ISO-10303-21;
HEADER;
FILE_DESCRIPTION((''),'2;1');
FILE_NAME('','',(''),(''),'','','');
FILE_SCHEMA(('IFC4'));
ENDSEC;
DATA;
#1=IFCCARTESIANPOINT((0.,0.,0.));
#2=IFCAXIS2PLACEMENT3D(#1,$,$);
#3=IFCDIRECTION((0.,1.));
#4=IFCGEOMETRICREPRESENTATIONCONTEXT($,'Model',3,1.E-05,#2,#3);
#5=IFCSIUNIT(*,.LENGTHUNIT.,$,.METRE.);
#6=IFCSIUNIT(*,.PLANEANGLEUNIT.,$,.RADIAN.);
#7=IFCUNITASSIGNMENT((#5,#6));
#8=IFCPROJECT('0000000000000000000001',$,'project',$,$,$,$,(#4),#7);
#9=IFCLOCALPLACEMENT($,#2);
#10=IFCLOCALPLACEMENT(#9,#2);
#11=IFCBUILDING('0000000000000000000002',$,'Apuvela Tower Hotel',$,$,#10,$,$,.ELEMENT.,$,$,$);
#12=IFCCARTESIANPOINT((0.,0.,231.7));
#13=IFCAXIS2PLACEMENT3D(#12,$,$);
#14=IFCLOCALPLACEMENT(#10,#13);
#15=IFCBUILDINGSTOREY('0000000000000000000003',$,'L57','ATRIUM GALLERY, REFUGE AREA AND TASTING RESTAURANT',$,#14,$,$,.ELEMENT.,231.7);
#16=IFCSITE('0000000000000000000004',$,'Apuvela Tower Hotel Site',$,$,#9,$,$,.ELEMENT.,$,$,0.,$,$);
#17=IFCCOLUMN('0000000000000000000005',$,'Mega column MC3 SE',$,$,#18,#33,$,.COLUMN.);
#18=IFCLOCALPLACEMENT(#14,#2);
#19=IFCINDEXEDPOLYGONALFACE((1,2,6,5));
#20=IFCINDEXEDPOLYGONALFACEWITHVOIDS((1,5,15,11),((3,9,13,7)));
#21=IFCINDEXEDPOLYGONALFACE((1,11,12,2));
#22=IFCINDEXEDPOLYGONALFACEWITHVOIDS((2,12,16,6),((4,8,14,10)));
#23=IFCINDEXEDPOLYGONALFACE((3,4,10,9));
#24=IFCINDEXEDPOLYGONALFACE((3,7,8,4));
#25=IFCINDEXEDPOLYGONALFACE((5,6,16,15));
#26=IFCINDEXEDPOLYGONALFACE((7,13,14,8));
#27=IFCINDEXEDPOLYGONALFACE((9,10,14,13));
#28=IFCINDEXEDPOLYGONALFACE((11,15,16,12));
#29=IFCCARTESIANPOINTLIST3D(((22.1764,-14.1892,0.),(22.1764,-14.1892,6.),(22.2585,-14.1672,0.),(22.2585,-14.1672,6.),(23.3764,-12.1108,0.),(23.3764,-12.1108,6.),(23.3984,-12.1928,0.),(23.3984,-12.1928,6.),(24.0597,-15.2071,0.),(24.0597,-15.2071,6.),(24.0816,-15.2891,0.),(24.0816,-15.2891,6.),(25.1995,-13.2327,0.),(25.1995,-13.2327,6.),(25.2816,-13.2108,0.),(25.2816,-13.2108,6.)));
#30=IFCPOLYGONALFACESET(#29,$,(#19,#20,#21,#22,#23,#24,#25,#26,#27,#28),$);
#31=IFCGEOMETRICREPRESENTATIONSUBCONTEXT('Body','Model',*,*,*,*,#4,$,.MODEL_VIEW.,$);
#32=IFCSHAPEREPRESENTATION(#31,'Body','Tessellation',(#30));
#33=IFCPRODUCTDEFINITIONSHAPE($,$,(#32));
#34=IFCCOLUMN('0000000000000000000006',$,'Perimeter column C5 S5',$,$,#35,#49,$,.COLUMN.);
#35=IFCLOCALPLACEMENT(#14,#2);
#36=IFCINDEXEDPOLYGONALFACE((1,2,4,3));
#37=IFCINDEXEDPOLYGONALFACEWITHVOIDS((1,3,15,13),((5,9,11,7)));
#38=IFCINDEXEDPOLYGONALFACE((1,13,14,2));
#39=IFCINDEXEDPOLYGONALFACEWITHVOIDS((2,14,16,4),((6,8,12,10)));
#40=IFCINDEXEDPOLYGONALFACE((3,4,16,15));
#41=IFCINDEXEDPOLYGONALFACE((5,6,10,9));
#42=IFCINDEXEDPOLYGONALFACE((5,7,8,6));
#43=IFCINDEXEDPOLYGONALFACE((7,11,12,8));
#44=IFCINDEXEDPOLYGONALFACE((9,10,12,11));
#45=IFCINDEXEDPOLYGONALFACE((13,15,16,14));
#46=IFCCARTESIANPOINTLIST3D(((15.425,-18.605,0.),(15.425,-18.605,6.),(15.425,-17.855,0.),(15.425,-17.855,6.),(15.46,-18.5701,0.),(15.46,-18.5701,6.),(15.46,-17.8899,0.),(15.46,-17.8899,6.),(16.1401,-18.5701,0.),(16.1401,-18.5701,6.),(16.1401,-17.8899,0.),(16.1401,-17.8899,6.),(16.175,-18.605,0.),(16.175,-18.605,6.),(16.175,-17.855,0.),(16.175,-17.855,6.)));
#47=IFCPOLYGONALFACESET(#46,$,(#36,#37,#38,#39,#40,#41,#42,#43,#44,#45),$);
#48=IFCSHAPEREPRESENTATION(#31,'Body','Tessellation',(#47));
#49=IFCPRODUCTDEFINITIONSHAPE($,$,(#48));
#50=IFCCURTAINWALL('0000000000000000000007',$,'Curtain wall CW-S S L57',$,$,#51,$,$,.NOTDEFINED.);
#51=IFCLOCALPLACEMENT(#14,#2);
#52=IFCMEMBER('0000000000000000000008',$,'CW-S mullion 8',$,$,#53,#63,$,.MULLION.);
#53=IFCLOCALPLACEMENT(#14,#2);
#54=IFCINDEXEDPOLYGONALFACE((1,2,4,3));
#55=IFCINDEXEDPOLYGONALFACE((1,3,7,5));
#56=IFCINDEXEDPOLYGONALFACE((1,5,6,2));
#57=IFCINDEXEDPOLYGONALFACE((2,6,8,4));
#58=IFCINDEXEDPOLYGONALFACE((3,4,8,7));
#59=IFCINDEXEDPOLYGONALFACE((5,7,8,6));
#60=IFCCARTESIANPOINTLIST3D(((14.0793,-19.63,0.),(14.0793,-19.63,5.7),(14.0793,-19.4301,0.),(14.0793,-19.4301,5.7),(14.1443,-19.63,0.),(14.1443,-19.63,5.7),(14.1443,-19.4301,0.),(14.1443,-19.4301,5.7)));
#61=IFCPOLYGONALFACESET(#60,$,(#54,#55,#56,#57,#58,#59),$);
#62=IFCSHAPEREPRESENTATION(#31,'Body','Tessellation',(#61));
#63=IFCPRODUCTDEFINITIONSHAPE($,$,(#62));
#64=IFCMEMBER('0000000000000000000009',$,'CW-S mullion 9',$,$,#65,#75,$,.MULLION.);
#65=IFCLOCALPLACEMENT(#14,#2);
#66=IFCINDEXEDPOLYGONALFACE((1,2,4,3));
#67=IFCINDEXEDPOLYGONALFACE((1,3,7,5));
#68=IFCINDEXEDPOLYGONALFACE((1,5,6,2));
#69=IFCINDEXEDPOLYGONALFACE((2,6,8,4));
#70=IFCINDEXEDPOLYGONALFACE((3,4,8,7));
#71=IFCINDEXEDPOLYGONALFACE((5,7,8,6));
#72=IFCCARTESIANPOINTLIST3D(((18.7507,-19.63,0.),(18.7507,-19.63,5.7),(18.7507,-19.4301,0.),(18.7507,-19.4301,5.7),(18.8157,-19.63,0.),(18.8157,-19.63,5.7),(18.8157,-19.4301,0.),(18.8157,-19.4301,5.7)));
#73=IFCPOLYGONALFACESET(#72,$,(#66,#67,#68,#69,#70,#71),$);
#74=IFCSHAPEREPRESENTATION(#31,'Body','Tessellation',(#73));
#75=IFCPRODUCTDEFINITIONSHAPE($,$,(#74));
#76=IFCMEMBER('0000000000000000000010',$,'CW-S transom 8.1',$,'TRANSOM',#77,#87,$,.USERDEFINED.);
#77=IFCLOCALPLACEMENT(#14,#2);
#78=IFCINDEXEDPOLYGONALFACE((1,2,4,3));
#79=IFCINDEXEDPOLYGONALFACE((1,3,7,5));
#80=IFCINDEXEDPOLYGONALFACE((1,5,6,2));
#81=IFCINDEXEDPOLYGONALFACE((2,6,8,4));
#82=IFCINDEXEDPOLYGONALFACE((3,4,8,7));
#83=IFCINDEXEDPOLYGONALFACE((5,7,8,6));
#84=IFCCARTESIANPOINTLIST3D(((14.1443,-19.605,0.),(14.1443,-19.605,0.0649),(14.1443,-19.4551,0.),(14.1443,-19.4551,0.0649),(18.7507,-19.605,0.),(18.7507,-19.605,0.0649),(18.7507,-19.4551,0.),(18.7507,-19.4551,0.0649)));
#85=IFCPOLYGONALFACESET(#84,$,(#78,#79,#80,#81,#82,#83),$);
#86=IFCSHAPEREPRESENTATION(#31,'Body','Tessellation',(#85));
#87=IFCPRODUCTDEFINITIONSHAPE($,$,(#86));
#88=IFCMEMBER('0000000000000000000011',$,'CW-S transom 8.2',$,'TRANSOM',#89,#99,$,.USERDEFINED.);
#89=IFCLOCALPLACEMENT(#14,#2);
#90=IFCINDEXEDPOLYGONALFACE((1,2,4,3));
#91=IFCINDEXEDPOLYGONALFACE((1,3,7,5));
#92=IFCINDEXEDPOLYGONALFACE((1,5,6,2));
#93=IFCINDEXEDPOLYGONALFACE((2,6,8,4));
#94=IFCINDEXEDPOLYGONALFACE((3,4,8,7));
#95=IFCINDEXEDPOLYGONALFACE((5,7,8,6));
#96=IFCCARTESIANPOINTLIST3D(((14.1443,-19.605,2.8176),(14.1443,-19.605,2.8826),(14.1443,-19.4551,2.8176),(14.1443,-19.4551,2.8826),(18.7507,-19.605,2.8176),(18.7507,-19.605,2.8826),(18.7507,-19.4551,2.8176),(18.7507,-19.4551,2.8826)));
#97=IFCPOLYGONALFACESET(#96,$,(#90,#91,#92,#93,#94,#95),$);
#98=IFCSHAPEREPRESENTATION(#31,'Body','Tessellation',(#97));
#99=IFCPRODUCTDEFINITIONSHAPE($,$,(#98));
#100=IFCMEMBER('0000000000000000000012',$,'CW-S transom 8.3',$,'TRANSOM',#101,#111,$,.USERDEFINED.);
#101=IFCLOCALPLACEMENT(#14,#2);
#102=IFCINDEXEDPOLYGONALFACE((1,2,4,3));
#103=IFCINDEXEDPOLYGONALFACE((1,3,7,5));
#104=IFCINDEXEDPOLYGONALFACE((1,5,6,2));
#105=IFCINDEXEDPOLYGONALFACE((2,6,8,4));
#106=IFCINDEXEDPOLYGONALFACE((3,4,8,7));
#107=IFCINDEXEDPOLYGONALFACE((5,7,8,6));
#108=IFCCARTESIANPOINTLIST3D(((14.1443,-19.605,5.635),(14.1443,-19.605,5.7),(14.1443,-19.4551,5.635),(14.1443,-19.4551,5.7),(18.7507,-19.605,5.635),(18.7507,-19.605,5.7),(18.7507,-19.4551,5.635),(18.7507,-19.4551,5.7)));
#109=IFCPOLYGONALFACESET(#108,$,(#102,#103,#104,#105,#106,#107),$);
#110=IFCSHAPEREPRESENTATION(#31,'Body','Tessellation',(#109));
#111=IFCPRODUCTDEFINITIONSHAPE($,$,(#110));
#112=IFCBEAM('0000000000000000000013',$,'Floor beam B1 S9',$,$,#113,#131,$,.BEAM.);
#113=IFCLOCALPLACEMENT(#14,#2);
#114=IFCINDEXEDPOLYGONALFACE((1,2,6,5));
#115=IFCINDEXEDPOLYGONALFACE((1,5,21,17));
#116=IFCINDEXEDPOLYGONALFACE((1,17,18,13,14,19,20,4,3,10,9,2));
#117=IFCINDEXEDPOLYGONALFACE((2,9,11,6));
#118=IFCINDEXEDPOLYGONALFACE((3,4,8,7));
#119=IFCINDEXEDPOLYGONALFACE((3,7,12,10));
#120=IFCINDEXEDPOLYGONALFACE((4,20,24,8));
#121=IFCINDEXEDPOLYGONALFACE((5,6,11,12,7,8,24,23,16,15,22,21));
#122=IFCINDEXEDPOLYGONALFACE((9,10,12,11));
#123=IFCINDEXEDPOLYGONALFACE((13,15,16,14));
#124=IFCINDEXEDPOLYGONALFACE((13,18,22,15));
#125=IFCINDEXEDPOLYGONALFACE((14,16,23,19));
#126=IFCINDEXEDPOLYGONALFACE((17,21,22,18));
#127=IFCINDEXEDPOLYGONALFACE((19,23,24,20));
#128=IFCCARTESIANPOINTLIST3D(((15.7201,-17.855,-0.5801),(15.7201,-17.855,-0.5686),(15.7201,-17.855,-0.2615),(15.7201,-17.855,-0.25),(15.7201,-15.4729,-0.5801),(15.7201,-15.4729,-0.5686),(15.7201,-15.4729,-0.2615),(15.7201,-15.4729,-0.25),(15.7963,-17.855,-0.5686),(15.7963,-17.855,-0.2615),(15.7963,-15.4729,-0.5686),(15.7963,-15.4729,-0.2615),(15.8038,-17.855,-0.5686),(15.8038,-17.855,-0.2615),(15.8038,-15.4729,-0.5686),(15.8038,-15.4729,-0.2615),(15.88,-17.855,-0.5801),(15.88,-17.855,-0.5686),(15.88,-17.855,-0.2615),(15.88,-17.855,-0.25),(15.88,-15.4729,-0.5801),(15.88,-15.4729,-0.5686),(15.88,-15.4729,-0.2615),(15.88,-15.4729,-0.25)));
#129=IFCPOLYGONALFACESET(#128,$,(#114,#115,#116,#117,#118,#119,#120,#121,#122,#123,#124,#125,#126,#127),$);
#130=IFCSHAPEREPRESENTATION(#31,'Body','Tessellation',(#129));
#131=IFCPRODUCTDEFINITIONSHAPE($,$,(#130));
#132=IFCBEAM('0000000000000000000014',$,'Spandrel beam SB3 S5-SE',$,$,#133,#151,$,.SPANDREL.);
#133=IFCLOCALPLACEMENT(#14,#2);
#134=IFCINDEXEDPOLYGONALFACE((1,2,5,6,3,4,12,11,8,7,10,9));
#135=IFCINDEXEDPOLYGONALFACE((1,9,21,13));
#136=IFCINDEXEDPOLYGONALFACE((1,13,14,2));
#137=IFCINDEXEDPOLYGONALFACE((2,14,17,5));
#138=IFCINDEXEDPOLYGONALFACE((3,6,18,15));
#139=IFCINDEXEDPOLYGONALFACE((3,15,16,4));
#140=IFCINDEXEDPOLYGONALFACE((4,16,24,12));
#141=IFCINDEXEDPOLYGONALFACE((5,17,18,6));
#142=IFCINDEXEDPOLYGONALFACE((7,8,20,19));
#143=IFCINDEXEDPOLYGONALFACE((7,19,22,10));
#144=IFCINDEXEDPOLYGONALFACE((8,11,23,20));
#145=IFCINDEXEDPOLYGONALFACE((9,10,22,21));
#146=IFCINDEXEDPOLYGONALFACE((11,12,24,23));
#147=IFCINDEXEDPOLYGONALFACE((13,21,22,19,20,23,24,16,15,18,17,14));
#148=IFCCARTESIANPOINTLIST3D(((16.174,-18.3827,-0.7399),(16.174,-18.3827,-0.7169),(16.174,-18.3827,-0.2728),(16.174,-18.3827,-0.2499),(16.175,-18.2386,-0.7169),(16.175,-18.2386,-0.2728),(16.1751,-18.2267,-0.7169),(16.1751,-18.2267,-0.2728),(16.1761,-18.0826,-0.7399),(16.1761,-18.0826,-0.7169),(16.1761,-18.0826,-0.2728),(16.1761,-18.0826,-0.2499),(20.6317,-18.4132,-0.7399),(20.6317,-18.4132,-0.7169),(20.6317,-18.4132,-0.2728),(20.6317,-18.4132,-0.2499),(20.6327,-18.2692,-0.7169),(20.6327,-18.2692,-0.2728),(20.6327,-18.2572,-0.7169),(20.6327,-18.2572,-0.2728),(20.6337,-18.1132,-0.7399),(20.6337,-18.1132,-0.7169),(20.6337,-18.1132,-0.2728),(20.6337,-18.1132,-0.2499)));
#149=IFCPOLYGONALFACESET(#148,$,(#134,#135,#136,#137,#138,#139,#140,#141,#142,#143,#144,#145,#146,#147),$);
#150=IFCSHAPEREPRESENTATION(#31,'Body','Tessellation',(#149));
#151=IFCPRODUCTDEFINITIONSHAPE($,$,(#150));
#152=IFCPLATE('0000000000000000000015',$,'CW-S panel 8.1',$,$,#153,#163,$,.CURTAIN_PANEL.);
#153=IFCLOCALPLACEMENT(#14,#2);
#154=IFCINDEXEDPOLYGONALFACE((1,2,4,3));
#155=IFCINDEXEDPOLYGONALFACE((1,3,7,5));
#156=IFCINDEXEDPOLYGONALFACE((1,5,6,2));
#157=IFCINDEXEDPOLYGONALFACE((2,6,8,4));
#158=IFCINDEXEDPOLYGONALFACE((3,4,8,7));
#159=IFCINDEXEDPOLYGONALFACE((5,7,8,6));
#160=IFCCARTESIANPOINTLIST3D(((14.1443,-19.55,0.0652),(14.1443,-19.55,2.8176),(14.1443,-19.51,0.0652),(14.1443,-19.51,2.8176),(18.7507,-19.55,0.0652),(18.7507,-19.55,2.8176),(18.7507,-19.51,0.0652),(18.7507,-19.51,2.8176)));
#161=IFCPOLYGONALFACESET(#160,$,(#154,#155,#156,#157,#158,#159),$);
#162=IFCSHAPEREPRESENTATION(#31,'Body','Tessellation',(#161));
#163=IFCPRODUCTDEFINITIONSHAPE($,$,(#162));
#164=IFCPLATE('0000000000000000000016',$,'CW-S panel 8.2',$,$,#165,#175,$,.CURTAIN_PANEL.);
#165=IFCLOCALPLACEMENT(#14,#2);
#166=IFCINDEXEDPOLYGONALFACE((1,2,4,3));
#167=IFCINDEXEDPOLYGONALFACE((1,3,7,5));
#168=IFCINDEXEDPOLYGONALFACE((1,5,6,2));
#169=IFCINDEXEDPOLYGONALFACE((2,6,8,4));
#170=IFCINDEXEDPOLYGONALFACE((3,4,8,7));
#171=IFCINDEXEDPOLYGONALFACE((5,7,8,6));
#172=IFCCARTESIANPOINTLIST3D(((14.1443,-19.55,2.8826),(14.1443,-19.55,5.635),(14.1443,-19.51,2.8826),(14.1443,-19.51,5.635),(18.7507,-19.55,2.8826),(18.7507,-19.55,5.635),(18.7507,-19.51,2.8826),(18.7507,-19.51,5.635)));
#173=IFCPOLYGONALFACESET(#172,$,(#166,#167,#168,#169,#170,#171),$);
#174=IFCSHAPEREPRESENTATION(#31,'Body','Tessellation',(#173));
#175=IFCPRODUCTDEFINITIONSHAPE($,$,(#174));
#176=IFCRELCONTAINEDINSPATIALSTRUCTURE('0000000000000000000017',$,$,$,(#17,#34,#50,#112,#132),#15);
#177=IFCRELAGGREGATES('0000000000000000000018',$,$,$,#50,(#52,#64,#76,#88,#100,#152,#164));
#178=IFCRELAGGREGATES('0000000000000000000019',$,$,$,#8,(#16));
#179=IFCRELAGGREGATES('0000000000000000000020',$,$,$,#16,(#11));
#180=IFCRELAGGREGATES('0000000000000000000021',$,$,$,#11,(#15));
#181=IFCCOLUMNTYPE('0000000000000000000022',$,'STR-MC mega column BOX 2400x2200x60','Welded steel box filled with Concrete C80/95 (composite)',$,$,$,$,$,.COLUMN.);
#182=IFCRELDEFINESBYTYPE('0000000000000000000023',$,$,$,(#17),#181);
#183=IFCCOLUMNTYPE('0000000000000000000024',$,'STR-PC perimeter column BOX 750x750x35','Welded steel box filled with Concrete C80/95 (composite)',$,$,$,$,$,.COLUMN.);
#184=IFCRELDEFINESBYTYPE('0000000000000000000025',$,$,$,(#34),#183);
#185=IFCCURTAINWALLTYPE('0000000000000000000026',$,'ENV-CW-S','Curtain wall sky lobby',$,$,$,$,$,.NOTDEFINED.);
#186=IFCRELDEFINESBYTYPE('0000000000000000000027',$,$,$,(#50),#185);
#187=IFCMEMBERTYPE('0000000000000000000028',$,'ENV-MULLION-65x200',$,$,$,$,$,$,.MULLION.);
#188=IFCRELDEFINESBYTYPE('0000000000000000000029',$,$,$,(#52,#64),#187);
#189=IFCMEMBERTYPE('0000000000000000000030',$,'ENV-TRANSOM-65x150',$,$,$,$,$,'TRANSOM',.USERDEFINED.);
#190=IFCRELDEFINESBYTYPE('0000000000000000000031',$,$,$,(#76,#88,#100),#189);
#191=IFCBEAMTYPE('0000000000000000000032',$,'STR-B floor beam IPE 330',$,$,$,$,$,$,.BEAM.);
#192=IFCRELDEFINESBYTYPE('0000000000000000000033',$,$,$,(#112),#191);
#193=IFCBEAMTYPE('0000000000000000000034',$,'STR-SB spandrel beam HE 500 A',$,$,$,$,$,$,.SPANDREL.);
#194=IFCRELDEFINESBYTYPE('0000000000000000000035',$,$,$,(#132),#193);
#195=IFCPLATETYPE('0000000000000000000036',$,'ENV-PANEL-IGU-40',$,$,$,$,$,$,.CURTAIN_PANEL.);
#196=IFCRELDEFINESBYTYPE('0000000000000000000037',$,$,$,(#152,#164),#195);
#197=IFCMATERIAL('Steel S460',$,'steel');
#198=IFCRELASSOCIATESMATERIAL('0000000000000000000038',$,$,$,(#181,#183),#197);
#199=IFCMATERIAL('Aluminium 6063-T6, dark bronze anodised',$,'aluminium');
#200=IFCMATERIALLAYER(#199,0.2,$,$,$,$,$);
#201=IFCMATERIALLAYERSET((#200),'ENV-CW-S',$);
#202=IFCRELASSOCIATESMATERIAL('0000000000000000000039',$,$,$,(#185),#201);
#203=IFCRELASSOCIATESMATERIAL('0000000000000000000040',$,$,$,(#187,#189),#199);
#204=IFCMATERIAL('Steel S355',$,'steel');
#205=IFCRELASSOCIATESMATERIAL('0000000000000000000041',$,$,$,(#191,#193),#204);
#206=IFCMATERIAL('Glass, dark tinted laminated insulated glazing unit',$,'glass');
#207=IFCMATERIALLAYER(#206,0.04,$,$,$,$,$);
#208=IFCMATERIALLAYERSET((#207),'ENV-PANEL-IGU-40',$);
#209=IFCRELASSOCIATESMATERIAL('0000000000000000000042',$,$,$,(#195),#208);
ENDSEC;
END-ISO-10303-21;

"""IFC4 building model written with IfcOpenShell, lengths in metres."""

from ifc_helpers import new_model, si_unit, direction, frame, origin, origin_2d, place, context, subcontext, project, spatial, rectangle, hollow_rectangle, i_section, extrude, material, layer, layer_set, material_profile, profile_set, type_object, element, aggregate, save


model = new_model("IFC4")

# Units and contexts
model_context = context("Model", 3, precision=1e-05, world=origin(), true_north=direction((0.0, 1.0)))
body_context = subcontext(model_context, "Body", "Model", "MODEL_VIEW")
ifc_project = project(units=[si_unit("LENGTHUNIT", "METRE"), si_unit("PLANEANGLEUNIT", "RADIAN")], contexts=[model_context])

# Site, building, storey
site_placement = place(None, origin())
site = spatial("IfcSite", under=ifc_project, at=site_placement, Name="Apuvela Tower Hotel Site", CompositionType="ELEMENT", RefElevation=0.0)
building_placement = place(site_placement, origin())
building = spatial("IfcBuilding", under=site, at=building_placement, Name="Apuvela Tower Hotel", CompositionType="ELEMENT")
storey_placement = place(building_placement, frame((0.0, 0.0, 231.7)))
storey = spatial("IfcBuildingStorey", under=building, at=storey_placement, Name="L57", Description="ATRIUM GALLERY, REFUGE AREA AND TASTING RESTAURANT", CompositionType="ELEMENT", Elevation=231.7)

# Columns
ifc_material_1 = material(Name="Steel S460", Category="steel")
ifc_material_profile_1 = material_profile(ifc_material_1, hollow_rectangle(XDim=2.3999, YDim=2.2, WallThickness=0.0601, at=origin_2d()), Name="BOX 2400x2200x60")
ifc_material_2 = material(Name="Concrete C80/95", Category="concrete")
ifc_material_profile_2 = material_profile(ifc_material_2, rectangle(XDim=2.28, YDim=2.0801, at=origin_2d()), Name="Concrete C80/95 infill")
ifc_profile_set_1 = profile_set([ifc_material_profile_1, ifc_material_profile_2], Name="Steel S460")
column_type_1 = type_object("IfcColumnType", Name="STR-MC mega column BOX 2400x2200x60", Description="Welded steel box filled with Concrete C80/95 (composite)", PredefinedType="COLUMN", material=ifc_profile_set_1)
column_1_placement = place(storey_placement, frame((23.729, -13.7, 0.0), z_axis=(0.0, 0.0, 1.0), x_axis=(0.5, 0.866025, 0.0)))
element("IfcColumn", 1, at=column_1_placement, inside=storey, type_object=column_type_1, Name="Mega column MC3 SE", PredefinedType="COLUMN", context=body_context, shape_type="SweptSolid", body=[
    extrude(hollow_rectangle(XDim=2.3999, YDim=2.2, WallThickness=0.0601, at=origin_2d()), origin(), (0.0, 0.0, 1.0), 6.0),
])
ifc_material_profile_3 = material_profile(ifc_material_1, hollow_rectangle(XDim=0.75, YDim=0.75, WallThickness=0.0349, at=origin_2d()), Name="BOX 750x750x35")
ifc_material_profile_4 = material_profile(ifc_material_2, rectangle(XDim=0.6799, YDim=0.6799, at=origin_2d()), Name="Concrete C80/95 infill")
ifc_profile_set_2 = profile_set([ifc_material_profile_3, ifc_material_profile_4], Name="Steel S460")
column_type_2 = type_object("IfcColumnType", Name="STR-PC perimeter column BOX 750x750x35", Description="Welded steel box filled with Concrete C80/95 (composite)", PredefinedType="COLUMN", material=ifc_profile_set_2)
column_2_placement = place(storey_placement, frame((15.8, -18.23, 0.0), z_axis=(0.0, 0.0, 1.0), x_axis=(-1.0, 0.0, 0.0)))
element("IfcColumn", 2, at=column_2_placement, inside=storey, type_object=column_type_2, Name="Perimeter column C5 S5", PredefinedType="COLUMN", context=body_context, shape_type="SweptSolid", body=[
    extrude(hollow_rectangle(XDim=0.75, YDim=0.75, WallThickness=0.0349, at=origin_2d()), origin(), (0.0, 0.0, 1.0), 6.0),
])

# Curtain wall, members
ifc_material_3 = material(Name="Aluminium 6063-T6, dark bronze anodised", Category="aluminium")
ifc_layer_1 = layer(ifc_material_3, 0.2)
ifc_layer_set_1 = layer_set([ifc_layer_1], Name="ENV-CW-S")
curtain_wall_type = type_object("IfcCurtainWallType", Name="ENV-CW-S", Description="Curtain wall sky lobby", PredefinedType="NOTDEFINED", material=ifc_layer_set_1)
curtain_wall_placement = place(storey_placement, origin())
curtain_wall = element("IfcCurtainWall", 3, at=curtain_wall_placement, inside=storey, type_object=curtain_wall_type, Name="Curtain wall CW-S S L57", PredefinedType="NOTDEFINED")
ifc_material_profile_5 = material_profile(ifc_material_3, rectangle(XDim=0.2, YDim=0.0649, at=origin_2d()), Name="AL 65x200")
ifc_profile_set_3 = profile_set([ifc_material_profile_5], Name="Aluminium 6063-T6, dark bronze anodised")
member_type_1 = type_object("IfcMemberType", Name="ENV-MULLION-65x200", PredefinedType="MULLION", material=ifc_profile_set_3)
member_1_placement = place(storey_placement, frame((14.1118, -19.53, 0.0), z_axis=(0.0, 0.0, 1.0), x_axis=(0.0, 1.0, 0.0)))
member_1 = element("IfcMember", 4, at=member_1_placement, type_object=member_type_1, Name="CW-S mullion 8", PredefinedType="MULLION", context=body_context, shape_type="SweptSolid", body=[
    extrude(rectangle(XDim=0.2, YDim=0.0649, at=origin_2d()), origin(), (0.0, 0.0, 1.0), 5.7),
])
member_2_placement = place(storey_placement, frame((18.7832, -19.53, 0.0), z_axis=(0.0, 0.0, 1.0), x_axis=(0.0, 1.0, 0.0)))
member_2 = element("IfcMember", 5, at=member_2_placement, type_object=member_type_1, Name="CW-S mullion 9", PredefinedType="MULLION", context=body_context, shape_type="SweptSolid", body=[
    extrude(rectangle(XDim=0.2, YDim=0.0649, at=origin_2d()), origin(), (0.0, 0.0, 1.0), 5.7),
])
ifc_material_profile_6 = material_profile(ifc_material_3, rectangle(XDim=0.1499, YDim=0.0649, at=origin_2d()), Name="AL 65x150 transom")
ifc_profile_set_4 = profile_set([ifc_material_profile_6], Name="Aluminium 6063-T6, dark bronze anodised")
member_type_2 = type_object("IfcMemberType", Name="ENV-TRANSOM-65x150", ElementType="TRANSOM", PredefinedType="USERDEFINED", material=ifc_profile_set_4)
member_3_placement = place(storey_placement, frame((14.1443, -19.53, 0.0325), z_axis=(1.0, 0.0, 0.0), x_axis=(0.0, 1.0, 0.0)))
member_3 = element("IfcMember", 6, at=member_3_placement, type_object=member_type_2, Name="CW-S transom 8.1", ObjectType="TRANSOM", PredefinedType="USERDEFINED", context=body_context, shape_type="SweptSolid", body=[
    extrude(rectangle(XDim=0.1499, YDim=0.0649, at=origin_2d()), origin(), (0.0, 0.0, 1.0), 4.6064),
])
member_4_placement = place(storey_placement, frame((14.1443, -19.53, 2.8501), z_axis=(1.0, 0.0, 0.0), x_axis=(0.0, 1.0, 0.0)))
member_4 = element("IfcMember", 7, at=member_4_placement, type_object=member_type_2, Name="CW-S transom 8.2", ObjectType="TRANSOM", PredefinedType="USERDEFINED", context=body_context, shape_type="SweptSolid", body=[
    extrude(rectangle(XDim=0.1499, YDim=0.0649, at=origin_2d()), origin(), (0.0, 0.0, 1.0), 4.6064),
])
member_5_placement = place(storey_placement, frame((14.1443, -19.53, 5.6675), z_axis=(1.0, 0.0, 0.0), x_axis=(0.0, 1.0, 0.0)))
member_5 = element("IfcMember", 8, at=member_5_placement, type_object=member_type_2, Name="CW-S transom 8.3", ObjectType="TRANSOM", PredefinedType="USERDEFINED", context=body_context, shape_type="SweptSolid", body=[
    extrude(rectangle(XDim=0.1499, YDim=0.0649, at=origin_2d()), origin(), (0.0, 0.0, 1.0), 4.6064),
])

# Beams
ifc_material_4 = material(Name="Steel S355", Category="steel")
ifc_material_profile_7 = material_profile(ifc_material_4, i_section(OverallWidth=0.1599, OverallDepth=0.3301, WebThickness=0.0076, FlangeThickness=0.0115, at=origin_2d()), Name="IPE 330")
ifc_profile_set_5 = profile_set([ifc_material_profile_7], Name="Steel S355")
beam_type_1 = type_object("IfcBeamType", Name="STR-B floor beam IPE 330", PredefinedType="BEAM", material=ifc_profile_set_5)
beam_1_placement = place(storey_placement, frame((15.8, -17.855, -0.415), z_axis=(0.0, 1.0, 0.0), x_axis=(-1.0, 0.0, 0.0)))
element("IfcBeam", 9, at=beam_1_placement, inside=storey, type_object=beam_type_1, Name="Floor beam B1 S9", PredefinedType="BEAM", context=body_context, shape_type="SweptSolid", body=[
    extrude(i_section(OverallWidth=0.1599, OverallDepth=0.3301, WebThickness=0.0076, FlangeThickness=0.0115, at=origin_2d()), origin(), (0.0, 0.0, 1.0), 2.3821),
])
ifc_material_profile_8 = material_profile(ifc_material_4, i_section(OverallWidth=0.3, OverallDepth=0.49, WebThickness=0.012, FlangeThickness=0.0229, at=origin_2d()), Name="HE 500 A")
ifc_profile_set_6 = profile_set([ifc_material_profile_8], Name="Steel S355")
beam_type_2 = type_object("IfcBeamType", Name="STR-SB spandrel beam HE 500 A", PredefinedType="SPANDREL", material=ifc_profile_set_6)
beam_2_placement = place(storey_placement, frame((16.175, -18.2327, -0.4949), z_axis=(0.999977, -0.006846, 0.0), x_axis=(0.006846, 0.999977, 0.0)))
element("IfcBeam", 10, at=beam_2_placement, inside=storey, type_object=beam_type_2, Name="Spandrel beam SB3 S5-SE", PredefinedType="SPANDREL", context=body_context, shape_type="SweptSolid", body=[
    extrude(i_section(OverallWidth=0.3, OverallDepth=0.49, WebThickness=0.012, FlangeThickness=0.0229, at=origin_2d()), origin(), (0.0, 0.0, 1.0), 4.4578),
])

# Plates
ifc_material_5 = material(Name="Glass, dark tinted laminated insulated glazing unit", Category="glass")
ifc_layer_2 = layer(ifc_material_5, 0.04)
ifc_layer_set_2 = layer_set([ifc_layer_2], Name="ENV-PANEL-IGU-40")
plate_type = type_object("IfcPlateType", Name="ENV-PANEL-IGU-40", PredefinedType="CURTAIN_PANEL", material=ifc_layer_set_2)
plate_1_placement = place(storey_placement, frame((16.4475, -19.53, 0.0652), z_axis=(0.0, 0.0, 1.0), x_axis=(1.0, 0.0, 0.0)))
plate_1 = element("IfcPlate", 11, at=plate_1_placement, type_object=plate_type, Name="CW-S panel 8.1", PredefinedType="CURTAIN_PANEL", context=body_context, shape_type="SweptSolid", body=[
    extrude(rectangle(XDim=4.6064, YDim=0.04, at=origin_2d()), origin(), (0.0, 0.0, 1.0), 2.7524),
])
plate_2_placement = place(storey_placement, frame((16.4475, -19.53, 2.8826), z_axis=(0.0, 0.0, 1.0), x_axis=(1.0, 0.0, 0.0)))
plate_2 = element("IfcPlate", 12, at=plate_2_placement, type_object=plate_type, Name="CW-S panel 8.2", PredefinedType="CURTAIN_PANEL", context=body_context, shape_type="SweptSolid", body=[
    extrude(rectangle(XDim=4.6064, YDim=0.04, at=origin_2d()), origin(), (0.0, 0.0, 1.0), 2.7524),
])
aggregate(curtain_wall, [member_1, member_2, member_3, member_4, member_5, plate_1, plate_2])

save(model, "model.ifc")
